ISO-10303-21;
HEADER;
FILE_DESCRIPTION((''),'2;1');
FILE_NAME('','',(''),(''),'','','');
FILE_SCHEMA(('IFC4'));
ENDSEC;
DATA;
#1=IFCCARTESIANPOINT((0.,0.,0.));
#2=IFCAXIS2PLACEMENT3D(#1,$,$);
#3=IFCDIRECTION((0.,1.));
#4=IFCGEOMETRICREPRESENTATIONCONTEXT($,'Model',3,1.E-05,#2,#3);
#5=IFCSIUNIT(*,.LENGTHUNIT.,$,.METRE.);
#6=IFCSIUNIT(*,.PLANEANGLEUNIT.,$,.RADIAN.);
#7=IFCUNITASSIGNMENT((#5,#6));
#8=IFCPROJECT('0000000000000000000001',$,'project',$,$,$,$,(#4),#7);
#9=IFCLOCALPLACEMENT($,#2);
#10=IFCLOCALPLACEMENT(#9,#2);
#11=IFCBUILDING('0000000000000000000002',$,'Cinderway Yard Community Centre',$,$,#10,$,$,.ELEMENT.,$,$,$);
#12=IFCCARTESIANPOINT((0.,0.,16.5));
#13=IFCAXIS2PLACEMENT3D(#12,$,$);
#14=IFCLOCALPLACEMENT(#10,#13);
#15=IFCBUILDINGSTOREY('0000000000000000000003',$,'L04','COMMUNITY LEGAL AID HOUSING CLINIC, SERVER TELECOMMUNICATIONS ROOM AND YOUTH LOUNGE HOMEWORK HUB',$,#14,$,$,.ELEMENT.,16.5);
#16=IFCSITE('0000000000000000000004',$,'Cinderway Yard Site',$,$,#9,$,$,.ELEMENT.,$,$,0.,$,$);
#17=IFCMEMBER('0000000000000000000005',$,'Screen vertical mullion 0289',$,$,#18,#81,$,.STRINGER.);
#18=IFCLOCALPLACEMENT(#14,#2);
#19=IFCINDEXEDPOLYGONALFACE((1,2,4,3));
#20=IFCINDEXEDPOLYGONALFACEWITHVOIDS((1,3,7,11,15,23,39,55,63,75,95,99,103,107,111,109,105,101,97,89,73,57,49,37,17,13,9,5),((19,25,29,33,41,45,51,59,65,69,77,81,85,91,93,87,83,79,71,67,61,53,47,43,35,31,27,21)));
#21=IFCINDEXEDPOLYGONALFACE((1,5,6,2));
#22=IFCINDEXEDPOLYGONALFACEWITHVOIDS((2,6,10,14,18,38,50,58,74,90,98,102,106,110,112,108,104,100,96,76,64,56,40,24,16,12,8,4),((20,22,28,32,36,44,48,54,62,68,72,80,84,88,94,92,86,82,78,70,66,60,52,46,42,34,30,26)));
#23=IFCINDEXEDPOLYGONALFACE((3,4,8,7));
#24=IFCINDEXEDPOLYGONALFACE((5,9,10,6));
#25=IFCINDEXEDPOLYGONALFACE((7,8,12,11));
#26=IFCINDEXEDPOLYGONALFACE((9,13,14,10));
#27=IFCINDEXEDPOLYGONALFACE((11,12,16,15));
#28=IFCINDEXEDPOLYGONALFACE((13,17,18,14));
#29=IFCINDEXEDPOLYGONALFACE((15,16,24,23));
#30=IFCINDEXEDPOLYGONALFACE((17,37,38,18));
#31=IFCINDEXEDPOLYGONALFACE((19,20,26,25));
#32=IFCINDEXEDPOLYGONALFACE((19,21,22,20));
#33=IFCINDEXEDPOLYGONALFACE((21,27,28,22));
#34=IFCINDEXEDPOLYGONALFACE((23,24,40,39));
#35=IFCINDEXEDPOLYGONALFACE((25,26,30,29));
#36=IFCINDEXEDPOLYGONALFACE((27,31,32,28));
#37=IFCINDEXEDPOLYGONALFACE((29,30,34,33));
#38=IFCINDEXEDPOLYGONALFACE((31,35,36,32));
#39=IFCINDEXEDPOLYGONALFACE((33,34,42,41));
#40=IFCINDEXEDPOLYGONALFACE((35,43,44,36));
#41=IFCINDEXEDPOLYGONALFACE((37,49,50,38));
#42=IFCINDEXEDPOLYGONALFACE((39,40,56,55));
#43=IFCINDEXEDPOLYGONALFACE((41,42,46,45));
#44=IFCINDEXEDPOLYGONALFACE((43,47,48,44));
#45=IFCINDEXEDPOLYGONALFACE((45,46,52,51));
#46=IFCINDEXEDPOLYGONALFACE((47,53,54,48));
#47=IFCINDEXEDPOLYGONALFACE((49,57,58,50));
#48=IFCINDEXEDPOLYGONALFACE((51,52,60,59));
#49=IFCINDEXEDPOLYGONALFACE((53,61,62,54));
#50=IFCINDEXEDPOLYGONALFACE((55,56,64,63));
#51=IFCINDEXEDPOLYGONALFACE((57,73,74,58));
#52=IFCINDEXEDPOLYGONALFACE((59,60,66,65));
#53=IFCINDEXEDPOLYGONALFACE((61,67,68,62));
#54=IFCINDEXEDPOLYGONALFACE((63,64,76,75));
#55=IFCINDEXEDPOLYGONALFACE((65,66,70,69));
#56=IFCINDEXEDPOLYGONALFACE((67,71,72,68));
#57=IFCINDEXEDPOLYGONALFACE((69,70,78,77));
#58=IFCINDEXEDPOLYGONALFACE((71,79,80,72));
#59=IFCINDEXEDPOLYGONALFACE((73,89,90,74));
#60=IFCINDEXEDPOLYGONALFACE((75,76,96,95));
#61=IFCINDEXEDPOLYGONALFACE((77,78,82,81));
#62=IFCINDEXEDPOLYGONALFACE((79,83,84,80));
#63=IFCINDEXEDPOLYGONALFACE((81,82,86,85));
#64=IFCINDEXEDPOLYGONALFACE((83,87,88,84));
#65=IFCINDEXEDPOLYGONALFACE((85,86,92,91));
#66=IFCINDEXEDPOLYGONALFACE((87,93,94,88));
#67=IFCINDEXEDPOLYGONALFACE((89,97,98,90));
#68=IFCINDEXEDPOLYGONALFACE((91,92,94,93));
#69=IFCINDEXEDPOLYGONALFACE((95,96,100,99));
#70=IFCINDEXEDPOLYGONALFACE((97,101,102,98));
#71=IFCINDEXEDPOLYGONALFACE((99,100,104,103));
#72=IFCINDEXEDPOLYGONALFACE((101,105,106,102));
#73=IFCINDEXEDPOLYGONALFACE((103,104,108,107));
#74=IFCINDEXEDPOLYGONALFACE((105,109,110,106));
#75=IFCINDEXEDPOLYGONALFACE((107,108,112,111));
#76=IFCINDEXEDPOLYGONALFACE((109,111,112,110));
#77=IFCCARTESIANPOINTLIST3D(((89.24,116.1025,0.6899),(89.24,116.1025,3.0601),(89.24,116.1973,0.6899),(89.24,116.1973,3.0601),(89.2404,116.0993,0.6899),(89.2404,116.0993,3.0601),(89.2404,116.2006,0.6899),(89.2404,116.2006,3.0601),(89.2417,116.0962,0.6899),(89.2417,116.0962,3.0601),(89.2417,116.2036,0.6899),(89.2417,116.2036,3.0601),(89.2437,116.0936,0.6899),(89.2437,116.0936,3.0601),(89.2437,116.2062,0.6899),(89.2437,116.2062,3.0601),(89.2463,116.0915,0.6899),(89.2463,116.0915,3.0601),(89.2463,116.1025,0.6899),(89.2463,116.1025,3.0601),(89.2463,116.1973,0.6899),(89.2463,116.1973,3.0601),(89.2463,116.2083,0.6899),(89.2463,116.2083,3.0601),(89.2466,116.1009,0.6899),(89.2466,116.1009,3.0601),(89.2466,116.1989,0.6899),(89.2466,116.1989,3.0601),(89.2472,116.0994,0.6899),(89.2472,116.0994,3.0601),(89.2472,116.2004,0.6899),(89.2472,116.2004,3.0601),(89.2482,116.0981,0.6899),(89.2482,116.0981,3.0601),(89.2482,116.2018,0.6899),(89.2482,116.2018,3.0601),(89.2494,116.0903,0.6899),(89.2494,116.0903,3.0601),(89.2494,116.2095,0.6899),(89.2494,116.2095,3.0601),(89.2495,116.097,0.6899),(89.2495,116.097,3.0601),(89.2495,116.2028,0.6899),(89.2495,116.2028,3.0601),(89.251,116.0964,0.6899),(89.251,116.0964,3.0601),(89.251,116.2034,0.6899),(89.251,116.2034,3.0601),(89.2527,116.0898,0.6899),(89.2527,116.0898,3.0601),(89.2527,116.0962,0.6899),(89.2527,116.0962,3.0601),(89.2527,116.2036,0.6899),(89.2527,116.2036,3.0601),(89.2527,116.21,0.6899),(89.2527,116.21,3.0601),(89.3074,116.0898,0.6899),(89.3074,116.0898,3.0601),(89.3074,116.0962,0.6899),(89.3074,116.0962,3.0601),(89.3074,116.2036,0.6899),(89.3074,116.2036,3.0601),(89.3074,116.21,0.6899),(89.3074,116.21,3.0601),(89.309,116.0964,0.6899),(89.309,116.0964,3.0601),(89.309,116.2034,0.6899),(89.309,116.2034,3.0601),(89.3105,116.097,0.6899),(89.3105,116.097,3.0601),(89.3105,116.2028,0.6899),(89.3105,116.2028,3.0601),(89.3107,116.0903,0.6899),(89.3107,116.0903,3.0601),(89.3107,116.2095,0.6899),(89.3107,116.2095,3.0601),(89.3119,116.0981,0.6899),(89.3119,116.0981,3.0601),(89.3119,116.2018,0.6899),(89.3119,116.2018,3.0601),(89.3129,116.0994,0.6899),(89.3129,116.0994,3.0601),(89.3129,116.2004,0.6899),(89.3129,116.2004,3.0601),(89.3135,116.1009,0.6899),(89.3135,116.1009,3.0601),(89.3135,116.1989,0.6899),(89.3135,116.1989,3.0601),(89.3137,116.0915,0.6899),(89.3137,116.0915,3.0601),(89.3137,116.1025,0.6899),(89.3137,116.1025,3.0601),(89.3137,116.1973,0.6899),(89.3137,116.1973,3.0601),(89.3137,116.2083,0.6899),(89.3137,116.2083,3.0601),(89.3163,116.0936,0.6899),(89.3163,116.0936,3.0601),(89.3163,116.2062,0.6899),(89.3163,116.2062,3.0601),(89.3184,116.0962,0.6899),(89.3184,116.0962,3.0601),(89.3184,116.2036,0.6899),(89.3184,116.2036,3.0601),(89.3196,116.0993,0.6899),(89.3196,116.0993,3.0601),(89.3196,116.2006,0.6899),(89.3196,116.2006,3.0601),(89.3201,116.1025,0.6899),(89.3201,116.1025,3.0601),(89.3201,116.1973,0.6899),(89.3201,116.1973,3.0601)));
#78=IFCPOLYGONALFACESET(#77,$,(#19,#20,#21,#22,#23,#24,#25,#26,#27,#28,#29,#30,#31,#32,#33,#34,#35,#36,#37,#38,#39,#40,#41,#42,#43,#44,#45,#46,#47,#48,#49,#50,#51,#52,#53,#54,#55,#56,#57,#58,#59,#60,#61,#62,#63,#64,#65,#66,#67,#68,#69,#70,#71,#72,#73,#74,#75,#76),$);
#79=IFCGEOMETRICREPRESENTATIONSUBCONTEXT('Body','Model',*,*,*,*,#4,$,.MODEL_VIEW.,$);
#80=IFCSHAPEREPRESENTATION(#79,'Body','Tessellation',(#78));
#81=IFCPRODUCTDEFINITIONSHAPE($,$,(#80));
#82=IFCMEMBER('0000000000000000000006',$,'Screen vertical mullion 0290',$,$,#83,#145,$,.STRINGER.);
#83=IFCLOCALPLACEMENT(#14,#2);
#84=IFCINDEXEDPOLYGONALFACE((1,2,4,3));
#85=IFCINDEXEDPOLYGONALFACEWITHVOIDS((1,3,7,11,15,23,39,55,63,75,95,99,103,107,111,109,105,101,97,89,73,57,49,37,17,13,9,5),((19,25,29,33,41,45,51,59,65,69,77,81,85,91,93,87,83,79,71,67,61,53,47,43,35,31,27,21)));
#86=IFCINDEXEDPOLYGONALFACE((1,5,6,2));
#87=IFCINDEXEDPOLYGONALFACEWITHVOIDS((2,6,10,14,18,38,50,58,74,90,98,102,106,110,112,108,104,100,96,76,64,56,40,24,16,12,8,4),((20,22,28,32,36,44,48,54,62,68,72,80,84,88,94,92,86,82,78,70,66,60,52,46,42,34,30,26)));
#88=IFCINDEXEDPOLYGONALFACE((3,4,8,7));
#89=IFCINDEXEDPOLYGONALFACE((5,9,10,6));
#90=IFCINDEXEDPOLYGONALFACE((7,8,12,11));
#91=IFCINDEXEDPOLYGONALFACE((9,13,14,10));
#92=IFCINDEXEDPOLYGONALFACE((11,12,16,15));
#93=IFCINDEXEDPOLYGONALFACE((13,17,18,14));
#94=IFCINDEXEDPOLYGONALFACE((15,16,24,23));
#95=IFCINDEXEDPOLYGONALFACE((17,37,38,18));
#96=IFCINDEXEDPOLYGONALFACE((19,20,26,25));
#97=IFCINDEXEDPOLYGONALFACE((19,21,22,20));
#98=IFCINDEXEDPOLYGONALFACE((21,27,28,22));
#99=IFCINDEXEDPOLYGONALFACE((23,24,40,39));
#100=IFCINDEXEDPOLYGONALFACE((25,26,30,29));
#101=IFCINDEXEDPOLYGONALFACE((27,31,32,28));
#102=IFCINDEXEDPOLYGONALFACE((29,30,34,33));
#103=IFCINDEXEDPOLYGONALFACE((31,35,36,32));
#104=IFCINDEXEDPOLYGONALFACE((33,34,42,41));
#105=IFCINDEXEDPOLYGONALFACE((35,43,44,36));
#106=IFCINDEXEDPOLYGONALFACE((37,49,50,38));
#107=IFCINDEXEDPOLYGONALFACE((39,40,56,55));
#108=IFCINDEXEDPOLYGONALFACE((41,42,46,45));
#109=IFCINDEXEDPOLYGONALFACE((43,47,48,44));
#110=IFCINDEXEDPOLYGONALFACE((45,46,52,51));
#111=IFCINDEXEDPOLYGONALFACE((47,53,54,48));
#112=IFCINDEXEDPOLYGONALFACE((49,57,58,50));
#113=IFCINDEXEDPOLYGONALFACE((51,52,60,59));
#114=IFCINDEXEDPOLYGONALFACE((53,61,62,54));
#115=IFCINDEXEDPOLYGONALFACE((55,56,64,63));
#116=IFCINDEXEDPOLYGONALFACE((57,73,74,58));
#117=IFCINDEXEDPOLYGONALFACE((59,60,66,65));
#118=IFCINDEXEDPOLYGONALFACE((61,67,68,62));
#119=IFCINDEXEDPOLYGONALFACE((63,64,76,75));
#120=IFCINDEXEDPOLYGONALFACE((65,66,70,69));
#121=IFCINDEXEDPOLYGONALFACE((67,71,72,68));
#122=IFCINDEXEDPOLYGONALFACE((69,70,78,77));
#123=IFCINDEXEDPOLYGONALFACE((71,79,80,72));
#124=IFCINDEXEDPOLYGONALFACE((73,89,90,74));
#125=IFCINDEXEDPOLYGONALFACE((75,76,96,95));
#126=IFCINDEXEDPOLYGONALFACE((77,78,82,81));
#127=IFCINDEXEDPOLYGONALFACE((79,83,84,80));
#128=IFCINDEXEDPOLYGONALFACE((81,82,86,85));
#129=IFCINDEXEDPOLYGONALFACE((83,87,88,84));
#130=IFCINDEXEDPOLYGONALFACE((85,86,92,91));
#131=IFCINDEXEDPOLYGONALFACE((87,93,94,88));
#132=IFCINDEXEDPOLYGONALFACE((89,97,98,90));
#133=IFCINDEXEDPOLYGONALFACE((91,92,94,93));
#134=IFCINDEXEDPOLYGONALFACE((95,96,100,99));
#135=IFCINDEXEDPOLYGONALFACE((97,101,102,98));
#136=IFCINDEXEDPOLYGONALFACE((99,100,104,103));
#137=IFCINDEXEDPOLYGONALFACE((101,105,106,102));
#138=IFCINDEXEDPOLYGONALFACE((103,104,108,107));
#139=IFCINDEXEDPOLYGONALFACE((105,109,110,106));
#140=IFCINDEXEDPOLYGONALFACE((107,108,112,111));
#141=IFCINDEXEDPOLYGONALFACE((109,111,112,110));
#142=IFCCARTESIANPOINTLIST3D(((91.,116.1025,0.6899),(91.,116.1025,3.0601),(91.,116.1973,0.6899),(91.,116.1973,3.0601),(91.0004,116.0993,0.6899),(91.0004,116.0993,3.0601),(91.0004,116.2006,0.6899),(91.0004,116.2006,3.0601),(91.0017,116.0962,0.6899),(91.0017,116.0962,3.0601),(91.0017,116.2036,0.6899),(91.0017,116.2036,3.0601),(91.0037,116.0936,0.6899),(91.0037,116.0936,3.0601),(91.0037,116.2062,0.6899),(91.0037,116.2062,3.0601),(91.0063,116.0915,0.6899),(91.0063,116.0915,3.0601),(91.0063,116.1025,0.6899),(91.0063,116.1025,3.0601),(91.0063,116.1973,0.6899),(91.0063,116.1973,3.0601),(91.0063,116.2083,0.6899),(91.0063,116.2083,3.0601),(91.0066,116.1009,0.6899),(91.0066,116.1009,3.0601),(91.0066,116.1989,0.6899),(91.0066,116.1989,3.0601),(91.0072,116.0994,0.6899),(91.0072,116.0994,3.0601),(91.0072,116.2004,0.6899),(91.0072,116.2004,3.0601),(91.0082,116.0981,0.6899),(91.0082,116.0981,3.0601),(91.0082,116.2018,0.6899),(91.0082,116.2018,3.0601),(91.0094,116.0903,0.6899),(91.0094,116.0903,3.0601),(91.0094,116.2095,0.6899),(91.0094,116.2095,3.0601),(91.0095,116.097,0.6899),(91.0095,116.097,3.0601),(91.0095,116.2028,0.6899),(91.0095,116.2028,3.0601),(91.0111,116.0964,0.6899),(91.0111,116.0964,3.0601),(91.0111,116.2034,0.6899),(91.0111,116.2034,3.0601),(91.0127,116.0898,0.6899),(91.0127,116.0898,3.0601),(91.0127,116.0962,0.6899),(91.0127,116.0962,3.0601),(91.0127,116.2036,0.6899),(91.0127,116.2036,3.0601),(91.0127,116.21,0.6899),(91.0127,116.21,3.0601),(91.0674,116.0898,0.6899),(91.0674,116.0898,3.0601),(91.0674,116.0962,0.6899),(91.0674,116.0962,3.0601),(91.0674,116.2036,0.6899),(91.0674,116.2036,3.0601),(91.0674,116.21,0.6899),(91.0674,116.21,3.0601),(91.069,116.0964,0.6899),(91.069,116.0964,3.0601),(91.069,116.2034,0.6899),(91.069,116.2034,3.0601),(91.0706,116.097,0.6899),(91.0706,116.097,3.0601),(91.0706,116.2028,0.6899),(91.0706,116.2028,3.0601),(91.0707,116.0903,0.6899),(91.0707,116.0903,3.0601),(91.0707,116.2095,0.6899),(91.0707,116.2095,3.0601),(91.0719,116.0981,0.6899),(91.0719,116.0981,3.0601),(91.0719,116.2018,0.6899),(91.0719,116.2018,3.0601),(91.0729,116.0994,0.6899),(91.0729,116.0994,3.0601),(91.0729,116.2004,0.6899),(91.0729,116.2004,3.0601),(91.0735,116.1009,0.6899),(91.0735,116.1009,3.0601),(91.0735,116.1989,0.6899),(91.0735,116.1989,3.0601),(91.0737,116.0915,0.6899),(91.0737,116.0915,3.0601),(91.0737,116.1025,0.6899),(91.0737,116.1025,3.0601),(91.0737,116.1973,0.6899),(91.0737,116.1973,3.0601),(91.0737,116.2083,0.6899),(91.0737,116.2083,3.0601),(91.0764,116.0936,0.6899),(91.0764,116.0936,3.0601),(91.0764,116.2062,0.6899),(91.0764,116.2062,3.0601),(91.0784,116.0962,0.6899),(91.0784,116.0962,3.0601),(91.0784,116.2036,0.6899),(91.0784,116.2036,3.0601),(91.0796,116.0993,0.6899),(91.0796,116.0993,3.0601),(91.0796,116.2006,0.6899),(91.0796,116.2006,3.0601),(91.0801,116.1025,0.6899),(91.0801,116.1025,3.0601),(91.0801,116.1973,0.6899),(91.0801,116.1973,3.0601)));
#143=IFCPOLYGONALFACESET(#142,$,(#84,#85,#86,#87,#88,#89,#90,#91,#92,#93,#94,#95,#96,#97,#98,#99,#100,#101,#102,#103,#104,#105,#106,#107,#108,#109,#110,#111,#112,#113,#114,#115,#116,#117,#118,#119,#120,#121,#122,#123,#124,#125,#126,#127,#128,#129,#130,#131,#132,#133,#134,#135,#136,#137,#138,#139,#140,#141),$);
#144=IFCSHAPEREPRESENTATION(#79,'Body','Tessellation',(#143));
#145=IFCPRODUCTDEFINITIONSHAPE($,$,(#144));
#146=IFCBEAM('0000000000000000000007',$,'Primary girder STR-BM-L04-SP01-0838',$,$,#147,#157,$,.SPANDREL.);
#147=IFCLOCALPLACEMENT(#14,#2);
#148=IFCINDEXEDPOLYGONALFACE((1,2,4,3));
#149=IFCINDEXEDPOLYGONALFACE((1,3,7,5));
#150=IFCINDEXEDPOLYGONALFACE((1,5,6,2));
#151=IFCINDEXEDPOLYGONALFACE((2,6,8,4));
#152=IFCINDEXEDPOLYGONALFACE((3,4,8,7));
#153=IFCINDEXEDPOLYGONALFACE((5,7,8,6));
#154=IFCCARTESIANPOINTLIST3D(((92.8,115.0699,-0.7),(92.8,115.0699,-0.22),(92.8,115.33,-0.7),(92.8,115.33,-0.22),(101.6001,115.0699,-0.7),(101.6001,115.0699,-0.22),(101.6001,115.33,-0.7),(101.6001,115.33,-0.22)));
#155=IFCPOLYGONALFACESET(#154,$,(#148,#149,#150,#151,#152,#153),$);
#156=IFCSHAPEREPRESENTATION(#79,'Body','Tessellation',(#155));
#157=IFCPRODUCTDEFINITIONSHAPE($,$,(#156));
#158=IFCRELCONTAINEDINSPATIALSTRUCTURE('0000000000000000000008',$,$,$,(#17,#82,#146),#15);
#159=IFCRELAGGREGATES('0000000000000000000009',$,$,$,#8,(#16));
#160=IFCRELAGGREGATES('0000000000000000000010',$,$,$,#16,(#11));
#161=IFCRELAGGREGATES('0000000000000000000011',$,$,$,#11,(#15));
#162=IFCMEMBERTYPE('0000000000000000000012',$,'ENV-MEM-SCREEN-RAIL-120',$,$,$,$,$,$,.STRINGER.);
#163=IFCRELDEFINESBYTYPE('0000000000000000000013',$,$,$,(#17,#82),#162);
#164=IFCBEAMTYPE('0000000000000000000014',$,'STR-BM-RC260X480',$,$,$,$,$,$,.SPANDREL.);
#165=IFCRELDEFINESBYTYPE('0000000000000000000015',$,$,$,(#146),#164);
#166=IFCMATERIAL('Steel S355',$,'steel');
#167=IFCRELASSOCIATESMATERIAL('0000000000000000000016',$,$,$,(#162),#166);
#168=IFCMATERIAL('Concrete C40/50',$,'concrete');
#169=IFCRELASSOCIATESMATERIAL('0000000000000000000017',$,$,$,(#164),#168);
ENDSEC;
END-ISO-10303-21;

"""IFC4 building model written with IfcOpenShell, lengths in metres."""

from ifc_helpers import new_model, si_unit, direction, frame, origin, origin_2d, place, context, subcontext, project, spatial, rectangle, hollow_rectangle, extrude, material, material_profile, profile_set, type_object, element, save


model = new_model("IFC4")

# Units and contexts
model_context = context("Model", 3, precision=1e-05, world=origin(), true_north=direction((0.0, 1.0)))
body_context = subcontext(model_context, "Body", "Model", "MODEL_VIEW")
ifc_project = project(units=[si_unit("LENGTHUNIT", "METRE"), si_unit("PLANEANGLEUNIT", "RADIAN")], contexts=[model_context])

# Site, building, storey
site_placement = place(None, origin())
site = spatial("IfcSite", under=ifc_project, at=site_placement, Name="Cinderway Yard Site", CompositionType="ELEMENT", RefElevation=0.0)
building_placement = place(site_placement, origin())
building = spatial("IfcBuilding", under=site, at=building_placement, Name="Cinderway Yard Community Centre", CompositionType="ELEMENT")
storey_placement = place(building_placement, frame((0.0, 0.0, 16.5)))
storey = spatial("IfcBuildingStorey", under=building, at=storey_placement, Name="L04", Description="COMMUNITY LEGAL AID HOUSING CLINIC, SERVER TELECOMMUNICATIONS ROOM AND YOUTH LOUNGE HOMEWORK HUB", CompositionType="ELEMENT", Elevation=16.5)

# Shared definitions
ifc_material_1 = material(Name="Concrete C40/50", Category="concrete")

# Members
ifc_material_2 = material(Name="Steel S355", Category="steel")
ifc_material_profile_1 = material_profile(ifc_material_2, hollow_rectangle(XDim=0.0801, YDim=0.1201, WallThickness=0.0063, InnerFilletRadius=0.0063, OuterFilletRadius=0.0127, at=origin_2d()), Name="Steel S355")
ifc_profile_set_1 = profile_set([ifc_material_profile_1], Name="Steel S355")
member_type_1 = type_object("IfcMemberType", Name="ENV-MEM-SCREEN-RAIL-120", PredefinedType="STRINGER", material=ifc_profile_set_1)
for number, where, z_axis, x_axis, name in (
    (1, (89.28, 116.1499, 0.6899), (0.0, 0.0, 1.0), (1.0, 0.0, 0.0), "Screen vertical mullion 0289"),
    (2, (91.04, 116.1499, 0.6899), (0.0, 0.0, 1.0), (1.0, 0.0, 0.0), "Screen vertical mullion 0290"),
):
    element("IfcMember", number, at=place(storey_placement, frame(where, z_axis=z_axis, x_axis=x_axis)), inside=storey, type_object=member_type_1, Name=name, PredefinedType="STRINGER", context=body_context, shape_type="SweptSolid", body=[
        extrude(hollow_rectangle(XDim=0.0801, YDim=0.1201, WallThickness=0.0063, InnerFilletRadius=0.0063, OuterFilletRadius=0.0127, at=origin_2d()), origin(), (0.0, 0.0, 1.0), 2.3701),
    ])

# Beam
ifc_material_profile_2 = material_profile(ifc_material_1, rectangle(XDim=0.26, YDim=0.48, at=origin_2d()), Name="Concrete C40/50")
ifc_profile_set_2 = profile_set([ifc_material_profile_2], Name="Concrete C40/50")
beam_type = type_object("IfcBeamType", Name="STR-BM-RC260X480", PredefinedType="SPANDREL", material=ifc_profile_set_2)
beam_placement = place(storey_placement, frame((92.8, 115.2, -0.46), z_axis=(1.0, 0.0, 0.0), x_axis=(0.0, 1.0, 0.0)))
element("IfcBeam", 3, at=beam_placement, inside=storey, type_object=beam_type, Name="Primary girder STR-BM-L04-SP01-0838", PredefinedType="SPANDREL", context=body_context, shape_type="SweptSolid", body=[
    extrude(rectangle(XDim=0.26, YDim=0.48, at=origin_2d()), origin(), (0.0, 0.0, 1.0), 8.8),
])

save(model, "model.ifc")
